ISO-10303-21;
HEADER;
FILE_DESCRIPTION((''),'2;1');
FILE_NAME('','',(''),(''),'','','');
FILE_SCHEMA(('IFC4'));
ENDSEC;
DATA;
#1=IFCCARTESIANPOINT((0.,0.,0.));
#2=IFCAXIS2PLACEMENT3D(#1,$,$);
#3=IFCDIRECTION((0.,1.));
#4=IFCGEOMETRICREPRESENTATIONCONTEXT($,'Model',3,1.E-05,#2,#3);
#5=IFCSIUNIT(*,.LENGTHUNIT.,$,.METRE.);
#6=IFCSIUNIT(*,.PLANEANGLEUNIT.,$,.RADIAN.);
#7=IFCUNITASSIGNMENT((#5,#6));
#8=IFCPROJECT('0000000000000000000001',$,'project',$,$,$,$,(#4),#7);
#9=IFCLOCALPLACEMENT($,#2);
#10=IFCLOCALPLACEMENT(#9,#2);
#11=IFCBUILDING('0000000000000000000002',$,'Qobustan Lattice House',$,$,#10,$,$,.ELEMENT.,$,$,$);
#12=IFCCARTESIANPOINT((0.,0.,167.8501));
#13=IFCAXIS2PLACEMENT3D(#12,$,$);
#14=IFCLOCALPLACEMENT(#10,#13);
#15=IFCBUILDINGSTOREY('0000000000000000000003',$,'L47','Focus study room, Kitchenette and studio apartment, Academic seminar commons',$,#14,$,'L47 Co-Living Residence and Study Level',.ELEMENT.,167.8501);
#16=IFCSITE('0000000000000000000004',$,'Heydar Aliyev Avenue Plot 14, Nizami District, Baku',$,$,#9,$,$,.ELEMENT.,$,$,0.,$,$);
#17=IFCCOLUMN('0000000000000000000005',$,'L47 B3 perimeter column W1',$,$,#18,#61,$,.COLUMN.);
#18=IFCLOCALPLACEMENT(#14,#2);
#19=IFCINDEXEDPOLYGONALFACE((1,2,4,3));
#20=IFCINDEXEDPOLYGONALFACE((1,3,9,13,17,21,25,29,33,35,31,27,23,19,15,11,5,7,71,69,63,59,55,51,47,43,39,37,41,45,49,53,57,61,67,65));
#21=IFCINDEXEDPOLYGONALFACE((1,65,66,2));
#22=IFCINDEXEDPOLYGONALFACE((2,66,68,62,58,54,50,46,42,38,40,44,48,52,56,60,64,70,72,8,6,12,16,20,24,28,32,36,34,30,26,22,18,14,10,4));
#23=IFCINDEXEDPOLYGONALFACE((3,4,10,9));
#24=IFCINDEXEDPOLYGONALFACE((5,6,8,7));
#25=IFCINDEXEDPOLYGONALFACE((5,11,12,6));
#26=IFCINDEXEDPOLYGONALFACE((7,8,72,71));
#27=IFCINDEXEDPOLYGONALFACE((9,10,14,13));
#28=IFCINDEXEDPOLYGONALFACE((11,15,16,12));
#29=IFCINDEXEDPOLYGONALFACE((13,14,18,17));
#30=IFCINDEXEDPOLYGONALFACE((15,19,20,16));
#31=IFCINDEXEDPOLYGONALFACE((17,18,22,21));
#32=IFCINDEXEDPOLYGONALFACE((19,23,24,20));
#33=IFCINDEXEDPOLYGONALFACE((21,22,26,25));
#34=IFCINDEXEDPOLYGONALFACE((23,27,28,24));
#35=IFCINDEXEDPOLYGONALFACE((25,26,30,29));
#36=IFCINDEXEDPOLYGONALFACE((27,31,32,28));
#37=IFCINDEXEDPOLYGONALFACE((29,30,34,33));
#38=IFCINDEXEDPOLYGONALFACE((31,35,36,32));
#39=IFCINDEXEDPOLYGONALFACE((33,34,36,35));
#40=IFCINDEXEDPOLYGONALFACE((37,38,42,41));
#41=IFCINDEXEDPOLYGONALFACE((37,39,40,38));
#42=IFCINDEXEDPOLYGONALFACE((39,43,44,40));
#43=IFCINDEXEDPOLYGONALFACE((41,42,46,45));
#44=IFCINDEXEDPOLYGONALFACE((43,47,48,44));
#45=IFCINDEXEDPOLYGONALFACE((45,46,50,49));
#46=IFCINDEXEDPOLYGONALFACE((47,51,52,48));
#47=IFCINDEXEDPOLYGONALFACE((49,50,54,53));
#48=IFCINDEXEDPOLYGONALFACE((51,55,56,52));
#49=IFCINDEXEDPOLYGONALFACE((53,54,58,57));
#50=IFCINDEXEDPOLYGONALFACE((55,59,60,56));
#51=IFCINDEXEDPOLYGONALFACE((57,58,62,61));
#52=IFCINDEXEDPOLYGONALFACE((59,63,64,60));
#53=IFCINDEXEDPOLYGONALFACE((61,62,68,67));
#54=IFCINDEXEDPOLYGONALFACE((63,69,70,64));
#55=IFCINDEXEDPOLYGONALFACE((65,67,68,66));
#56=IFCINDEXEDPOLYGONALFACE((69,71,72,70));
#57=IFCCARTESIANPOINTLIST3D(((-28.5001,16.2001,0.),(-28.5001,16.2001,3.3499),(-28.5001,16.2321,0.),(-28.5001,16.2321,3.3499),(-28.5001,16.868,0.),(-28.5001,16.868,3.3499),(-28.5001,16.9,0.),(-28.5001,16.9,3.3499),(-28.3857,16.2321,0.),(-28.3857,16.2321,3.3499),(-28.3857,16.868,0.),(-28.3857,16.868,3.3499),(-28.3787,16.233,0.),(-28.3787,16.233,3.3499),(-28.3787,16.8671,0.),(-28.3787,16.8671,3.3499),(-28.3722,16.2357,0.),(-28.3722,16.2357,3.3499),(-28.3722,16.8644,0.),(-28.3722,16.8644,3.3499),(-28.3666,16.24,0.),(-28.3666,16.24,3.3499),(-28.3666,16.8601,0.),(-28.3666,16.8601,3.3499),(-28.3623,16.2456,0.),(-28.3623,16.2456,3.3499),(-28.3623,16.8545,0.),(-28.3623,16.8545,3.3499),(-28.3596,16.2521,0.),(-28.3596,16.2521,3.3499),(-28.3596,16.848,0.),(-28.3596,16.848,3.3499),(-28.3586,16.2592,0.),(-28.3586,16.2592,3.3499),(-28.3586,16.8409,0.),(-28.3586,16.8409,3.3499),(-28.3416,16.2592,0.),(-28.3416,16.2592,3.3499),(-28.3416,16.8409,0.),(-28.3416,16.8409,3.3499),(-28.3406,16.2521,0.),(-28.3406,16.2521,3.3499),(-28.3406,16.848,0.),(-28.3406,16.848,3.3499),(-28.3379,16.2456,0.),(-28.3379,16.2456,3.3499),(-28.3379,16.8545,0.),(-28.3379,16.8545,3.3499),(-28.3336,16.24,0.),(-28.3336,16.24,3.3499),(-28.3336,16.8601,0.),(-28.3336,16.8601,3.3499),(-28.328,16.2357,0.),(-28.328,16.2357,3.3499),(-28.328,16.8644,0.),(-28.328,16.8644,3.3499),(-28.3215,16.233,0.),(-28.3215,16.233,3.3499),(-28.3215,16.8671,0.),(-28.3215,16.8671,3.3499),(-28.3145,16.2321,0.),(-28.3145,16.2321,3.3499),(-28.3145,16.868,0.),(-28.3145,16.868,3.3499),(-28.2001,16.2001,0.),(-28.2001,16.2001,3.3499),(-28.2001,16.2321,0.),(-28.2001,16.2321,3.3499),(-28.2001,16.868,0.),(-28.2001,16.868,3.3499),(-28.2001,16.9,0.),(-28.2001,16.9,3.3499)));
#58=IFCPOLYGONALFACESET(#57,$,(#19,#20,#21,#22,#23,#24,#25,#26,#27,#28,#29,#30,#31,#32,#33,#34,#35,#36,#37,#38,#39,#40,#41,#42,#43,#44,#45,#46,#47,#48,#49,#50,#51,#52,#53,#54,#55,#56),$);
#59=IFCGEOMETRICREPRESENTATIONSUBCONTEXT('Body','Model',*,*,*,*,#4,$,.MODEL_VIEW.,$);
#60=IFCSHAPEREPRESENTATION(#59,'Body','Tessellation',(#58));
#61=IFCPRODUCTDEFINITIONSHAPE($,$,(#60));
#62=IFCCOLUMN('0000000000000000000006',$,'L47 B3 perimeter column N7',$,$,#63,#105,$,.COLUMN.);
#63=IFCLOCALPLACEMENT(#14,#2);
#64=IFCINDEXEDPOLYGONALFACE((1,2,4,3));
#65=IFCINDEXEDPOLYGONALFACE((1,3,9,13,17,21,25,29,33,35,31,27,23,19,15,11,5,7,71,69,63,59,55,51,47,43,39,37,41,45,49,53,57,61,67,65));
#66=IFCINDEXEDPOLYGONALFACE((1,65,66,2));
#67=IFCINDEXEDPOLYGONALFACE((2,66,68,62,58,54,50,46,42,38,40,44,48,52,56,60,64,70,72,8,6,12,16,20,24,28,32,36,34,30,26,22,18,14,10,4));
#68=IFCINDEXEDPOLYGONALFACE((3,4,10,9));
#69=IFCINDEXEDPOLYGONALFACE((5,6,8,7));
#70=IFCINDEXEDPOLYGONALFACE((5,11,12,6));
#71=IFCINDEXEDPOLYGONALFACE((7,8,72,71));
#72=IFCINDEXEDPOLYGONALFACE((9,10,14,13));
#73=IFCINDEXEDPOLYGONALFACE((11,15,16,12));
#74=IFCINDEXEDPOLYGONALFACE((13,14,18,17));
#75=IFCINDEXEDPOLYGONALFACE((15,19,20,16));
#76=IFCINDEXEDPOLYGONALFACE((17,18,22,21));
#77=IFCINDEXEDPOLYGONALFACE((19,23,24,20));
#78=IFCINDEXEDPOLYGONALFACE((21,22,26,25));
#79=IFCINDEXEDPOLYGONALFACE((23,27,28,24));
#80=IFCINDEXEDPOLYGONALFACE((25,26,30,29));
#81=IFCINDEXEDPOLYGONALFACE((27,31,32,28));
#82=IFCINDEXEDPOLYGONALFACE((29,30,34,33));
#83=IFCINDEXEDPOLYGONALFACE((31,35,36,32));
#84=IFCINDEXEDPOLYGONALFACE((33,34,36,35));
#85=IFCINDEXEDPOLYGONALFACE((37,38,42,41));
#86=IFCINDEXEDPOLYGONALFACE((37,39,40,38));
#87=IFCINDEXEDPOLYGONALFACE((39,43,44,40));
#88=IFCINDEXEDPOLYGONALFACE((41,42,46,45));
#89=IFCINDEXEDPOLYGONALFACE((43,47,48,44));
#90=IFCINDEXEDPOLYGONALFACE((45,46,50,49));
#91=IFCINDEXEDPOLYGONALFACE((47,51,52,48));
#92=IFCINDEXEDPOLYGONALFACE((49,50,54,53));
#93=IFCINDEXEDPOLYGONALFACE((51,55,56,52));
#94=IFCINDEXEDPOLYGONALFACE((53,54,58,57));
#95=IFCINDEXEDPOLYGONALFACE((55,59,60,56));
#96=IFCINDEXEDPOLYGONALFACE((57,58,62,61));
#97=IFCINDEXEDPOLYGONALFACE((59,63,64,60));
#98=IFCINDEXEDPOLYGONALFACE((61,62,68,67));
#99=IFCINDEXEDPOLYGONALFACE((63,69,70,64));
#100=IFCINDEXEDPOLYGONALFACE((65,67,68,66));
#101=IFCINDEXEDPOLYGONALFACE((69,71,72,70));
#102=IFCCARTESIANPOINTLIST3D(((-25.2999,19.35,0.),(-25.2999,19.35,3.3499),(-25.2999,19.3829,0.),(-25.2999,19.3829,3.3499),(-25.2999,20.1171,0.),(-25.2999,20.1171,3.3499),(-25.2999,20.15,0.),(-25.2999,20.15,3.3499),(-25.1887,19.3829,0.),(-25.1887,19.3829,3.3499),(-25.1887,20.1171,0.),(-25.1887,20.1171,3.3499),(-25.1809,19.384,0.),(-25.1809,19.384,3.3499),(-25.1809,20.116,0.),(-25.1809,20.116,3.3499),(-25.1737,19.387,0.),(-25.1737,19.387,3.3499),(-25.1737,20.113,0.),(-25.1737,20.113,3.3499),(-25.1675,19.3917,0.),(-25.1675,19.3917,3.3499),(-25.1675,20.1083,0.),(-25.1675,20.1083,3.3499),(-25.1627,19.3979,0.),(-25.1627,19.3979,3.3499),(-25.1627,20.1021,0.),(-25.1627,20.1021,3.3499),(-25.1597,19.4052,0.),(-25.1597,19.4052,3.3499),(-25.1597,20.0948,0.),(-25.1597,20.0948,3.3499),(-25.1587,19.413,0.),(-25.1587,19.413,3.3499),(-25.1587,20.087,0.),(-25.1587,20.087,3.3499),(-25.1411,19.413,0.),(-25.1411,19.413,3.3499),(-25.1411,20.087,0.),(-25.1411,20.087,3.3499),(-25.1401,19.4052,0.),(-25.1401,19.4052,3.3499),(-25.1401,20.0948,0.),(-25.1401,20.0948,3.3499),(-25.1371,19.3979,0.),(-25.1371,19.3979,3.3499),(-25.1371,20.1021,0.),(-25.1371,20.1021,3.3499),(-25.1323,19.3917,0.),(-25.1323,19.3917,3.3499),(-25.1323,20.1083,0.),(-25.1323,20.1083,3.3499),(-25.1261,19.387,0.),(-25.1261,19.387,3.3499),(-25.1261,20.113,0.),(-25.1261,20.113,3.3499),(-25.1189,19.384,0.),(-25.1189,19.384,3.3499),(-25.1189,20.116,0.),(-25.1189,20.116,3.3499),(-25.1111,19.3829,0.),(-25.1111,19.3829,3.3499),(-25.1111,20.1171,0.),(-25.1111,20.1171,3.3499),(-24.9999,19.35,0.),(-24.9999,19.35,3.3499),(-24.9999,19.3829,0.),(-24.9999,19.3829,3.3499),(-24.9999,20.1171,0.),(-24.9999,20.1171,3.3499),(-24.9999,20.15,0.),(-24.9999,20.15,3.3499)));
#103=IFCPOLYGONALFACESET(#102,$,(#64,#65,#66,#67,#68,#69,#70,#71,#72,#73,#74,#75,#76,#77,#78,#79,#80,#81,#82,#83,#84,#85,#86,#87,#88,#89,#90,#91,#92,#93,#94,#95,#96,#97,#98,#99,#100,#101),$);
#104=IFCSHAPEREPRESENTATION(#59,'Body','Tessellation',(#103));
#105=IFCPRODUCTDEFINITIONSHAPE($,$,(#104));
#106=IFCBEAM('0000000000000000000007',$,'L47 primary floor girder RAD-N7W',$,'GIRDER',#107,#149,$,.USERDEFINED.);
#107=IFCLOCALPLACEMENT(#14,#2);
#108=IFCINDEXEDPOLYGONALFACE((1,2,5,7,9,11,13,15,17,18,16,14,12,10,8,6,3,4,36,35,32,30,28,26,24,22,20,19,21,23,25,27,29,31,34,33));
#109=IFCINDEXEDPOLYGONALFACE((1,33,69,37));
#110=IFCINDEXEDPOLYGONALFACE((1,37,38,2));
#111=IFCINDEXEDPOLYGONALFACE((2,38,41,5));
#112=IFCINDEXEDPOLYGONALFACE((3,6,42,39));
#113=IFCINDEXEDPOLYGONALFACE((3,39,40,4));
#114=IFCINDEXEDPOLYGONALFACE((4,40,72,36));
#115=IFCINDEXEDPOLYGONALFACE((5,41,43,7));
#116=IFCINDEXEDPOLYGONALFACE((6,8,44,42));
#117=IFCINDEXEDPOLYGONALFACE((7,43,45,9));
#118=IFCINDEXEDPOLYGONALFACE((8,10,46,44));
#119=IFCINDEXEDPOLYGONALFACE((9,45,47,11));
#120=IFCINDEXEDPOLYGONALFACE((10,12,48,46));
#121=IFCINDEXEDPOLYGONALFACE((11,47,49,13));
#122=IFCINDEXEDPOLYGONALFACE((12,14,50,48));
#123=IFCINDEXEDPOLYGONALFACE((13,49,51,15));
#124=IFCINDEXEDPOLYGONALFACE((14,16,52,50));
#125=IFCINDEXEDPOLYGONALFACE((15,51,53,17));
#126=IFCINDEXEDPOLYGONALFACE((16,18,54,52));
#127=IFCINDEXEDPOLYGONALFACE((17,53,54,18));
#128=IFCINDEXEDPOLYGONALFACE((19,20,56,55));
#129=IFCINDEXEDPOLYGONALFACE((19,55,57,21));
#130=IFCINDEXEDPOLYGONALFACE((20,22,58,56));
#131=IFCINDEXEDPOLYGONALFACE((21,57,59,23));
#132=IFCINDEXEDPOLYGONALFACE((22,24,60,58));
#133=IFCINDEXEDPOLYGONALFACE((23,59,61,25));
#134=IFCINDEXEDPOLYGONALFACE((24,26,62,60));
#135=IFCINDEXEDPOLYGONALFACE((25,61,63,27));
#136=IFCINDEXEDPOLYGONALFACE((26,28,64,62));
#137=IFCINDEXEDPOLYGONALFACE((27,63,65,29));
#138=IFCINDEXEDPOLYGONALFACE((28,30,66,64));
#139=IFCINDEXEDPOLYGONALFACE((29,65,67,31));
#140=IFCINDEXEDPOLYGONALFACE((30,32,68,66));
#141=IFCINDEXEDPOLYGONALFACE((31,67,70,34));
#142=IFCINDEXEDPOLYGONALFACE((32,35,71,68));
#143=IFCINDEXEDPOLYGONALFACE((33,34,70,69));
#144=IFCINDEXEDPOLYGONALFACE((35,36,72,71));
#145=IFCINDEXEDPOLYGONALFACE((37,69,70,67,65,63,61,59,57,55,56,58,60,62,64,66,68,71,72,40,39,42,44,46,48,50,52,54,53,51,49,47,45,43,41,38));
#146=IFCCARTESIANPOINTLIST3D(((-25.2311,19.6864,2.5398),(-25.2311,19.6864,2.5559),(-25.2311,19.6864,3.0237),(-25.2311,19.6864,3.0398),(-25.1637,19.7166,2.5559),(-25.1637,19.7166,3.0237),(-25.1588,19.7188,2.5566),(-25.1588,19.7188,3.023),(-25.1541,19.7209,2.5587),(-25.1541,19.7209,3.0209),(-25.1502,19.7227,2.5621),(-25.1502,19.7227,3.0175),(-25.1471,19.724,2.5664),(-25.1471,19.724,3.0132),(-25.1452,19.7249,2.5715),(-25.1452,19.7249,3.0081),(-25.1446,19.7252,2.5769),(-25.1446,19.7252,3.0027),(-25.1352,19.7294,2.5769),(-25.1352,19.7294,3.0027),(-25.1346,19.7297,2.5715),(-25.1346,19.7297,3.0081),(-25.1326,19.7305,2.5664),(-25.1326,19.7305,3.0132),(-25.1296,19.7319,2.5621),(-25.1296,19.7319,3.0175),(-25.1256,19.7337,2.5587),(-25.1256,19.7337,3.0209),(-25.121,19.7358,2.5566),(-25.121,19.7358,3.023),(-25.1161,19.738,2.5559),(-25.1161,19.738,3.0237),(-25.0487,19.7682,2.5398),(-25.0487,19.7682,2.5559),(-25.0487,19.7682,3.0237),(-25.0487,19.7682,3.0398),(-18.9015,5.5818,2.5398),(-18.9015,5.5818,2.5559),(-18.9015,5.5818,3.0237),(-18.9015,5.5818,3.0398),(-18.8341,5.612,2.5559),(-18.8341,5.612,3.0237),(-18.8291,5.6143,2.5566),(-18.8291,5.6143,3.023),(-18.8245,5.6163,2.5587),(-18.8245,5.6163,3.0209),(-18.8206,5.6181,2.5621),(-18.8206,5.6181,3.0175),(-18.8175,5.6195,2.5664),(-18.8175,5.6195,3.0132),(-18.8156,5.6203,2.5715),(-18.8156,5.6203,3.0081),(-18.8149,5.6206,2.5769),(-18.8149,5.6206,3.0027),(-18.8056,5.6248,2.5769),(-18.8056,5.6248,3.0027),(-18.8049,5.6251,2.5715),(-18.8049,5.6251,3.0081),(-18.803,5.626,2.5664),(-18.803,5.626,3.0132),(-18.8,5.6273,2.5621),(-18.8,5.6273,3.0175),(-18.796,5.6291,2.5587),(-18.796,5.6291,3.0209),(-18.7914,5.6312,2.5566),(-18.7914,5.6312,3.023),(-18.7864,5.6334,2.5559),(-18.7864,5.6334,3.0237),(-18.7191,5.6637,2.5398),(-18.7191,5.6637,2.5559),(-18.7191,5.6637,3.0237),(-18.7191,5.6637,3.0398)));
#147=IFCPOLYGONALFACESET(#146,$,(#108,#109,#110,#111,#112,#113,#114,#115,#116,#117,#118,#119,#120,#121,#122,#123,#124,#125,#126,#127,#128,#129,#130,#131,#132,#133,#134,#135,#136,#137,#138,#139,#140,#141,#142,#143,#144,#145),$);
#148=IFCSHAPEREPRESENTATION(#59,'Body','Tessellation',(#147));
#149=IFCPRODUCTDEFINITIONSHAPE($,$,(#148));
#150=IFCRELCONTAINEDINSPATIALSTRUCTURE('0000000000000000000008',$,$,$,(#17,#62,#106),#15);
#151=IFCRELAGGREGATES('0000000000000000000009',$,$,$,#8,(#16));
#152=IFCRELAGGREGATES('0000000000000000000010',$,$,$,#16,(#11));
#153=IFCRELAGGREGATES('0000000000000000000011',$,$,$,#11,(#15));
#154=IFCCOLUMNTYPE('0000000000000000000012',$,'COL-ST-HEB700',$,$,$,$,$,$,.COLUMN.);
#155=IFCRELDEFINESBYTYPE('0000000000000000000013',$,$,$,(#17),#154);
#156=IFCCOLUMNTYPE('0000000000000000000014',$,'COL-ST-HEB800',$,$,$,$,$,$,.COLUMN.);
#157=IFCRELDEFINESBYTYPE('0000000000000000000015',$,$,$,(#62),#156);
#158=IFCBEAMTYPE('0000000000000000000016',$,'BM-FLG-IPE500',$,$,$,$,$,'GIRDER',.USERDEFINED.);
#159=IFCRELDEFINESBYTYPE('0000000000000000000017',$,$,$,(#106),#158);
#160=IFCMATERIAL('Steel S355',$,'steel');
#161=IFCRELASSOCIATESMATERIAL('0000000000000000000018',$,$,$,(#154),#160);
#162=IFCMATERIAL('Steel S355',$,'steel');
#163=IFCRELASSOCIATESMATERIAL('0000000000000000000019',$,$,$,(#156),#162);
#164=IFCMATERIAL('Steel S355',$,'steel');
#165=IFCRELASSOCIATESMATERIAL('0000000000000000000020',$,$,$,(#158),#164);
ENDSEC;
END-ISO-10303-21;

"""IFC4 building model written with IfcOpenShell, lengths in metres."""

from ifc_helpers import new_model, si_unit, direction, frame, origin, origin_2d, place, context, subcontext, project, spatial, i_section, extrude, material, material_profile, profile_set, type_object, element, save


model = new_model("IFC4")

# Units and contexts
model_context = context("Model", 3, precision=1e-05, world=origin(), true_north=direction((0.0, 1.0)))
body_context = subcontext(model_context, "Body", "Model", "MODEL_VIEW")
ifc_project = project(units=[si_unit("LENGTHUNIT", "METRE"), si_unit("PLANEANGLEUNIT", "RADIAN")], contexts=[model_context])

# Site, building, storey
site_placement = place(None, origin())
site = spatial("IfcSite", under=ifc_project, at=site_placement, Name="Heydar Aliyev Avenue Plot 14, Nizami District, Baku", CompositionType="ELEMENT", RefElevation=0.0)
building_placement = place(site_placement, origin())
building = spatial("IfcBuilding", under=site, at=building_placement, Name="Qobustan Lattice House", CompositionType="ELEMENT")
storey_placement = place(building_placement, frame((0.0, 0.0, 167.8501)))
storey = spatial("IfcBuildingStorey", under=building, at=storey_placement, Name="L47", Description="Focus study room, Kitchenette and studio apartment, Academic seminar commons", LongName="L47 Co-Living Residence and Study Level", CompositionType="ELEMENT", Elevation=167.8501)

# Columns
ifc_material_1 = material(Name="Steel S355", Category="steel")
ifc_material_profile_1 = material_profile(ifc_material_1, i_section(OverallWidth=0.3, OverallDepth=0.7, WebThickness=0.0171, FlangeThickness=0.032, FilletRadius=0.0271, at=origin_2d()), Name="HEB700")
ifc_profile_set_1 = profile_set([ifc_material_profile_1], Name="Steel S355")
column_type_1 = type_object("IfcColumnType", Name="COL-ST-HEB700", PredefinedType="COLUMN", material=ifc_profile_set_1)
column_1_placement = place(storey_placement, frame((-28.3501, 16.55, 0.0), z_axis=(0.0, 0.0, 1.0), x_axis=(1.0, 0.0, 0.0)))
element("IfcColumn", 1, at=column_1_placement, inside=storey, type_object=column_type_1, Name="L47 B3 perimeter column W1", PredefinedType="COLUMN", context=body_context, shape_type="SweptSolid", body=[
    extrude(i_section(OverallWidth=0.3, OverallDepth=0.7, WebThickness=0.0171, FlangeThickness=0.032, FilletRadius=0.0271, at=origin_2d()), origin(), (0.0, 0.0, 1.0), 3.3499),
])
ifc_material_2 = material(Name="Steel S355", Category="steel")
ifc_material_profile_2 = material_profile(ifc_material_2, i_section(OverallWidth=0.3, OverallDepth=0.8, WebThickness=0.0176, FlangeThickness=0.033, FilletRadius=0.03, at=origin_2d()), Name="HEB800")
ifc_profile_set_2 = profile_set([ifc_material_profile_2], Name="Steel S355")
column_type_2 = type_object("IfcColumnType", Name="COL-ST-HEB800", PredefinedType="COLUMN", material=ifc_profile_set_2)
column_2_placement = place(storey_placement, frame((-25.1499, 19.75, 0.0), z_axis=(0.0, 0.0, 1.0), x_axis=(1.0, 0.0, 0.0)))
element("IfcColumn", 2, at=column_2_placement, inside=storey, type_object=column_type_2, Name="L47 B3 perimeter column N7", PredefinedType="COLUMN", context=body_context, shape_type="SweptSolid", body=[
    extrude(i_section(OverallWidth=0.3, OverallDepth=0.8, WebThickness=0.0176, FlangeThickness=0.033, FilletRadius=0.03, at=origin_2d()), origin(), (0.0, 0.0, 1.0), 3.3499),
])

# Beam
ifc_material_3 = material(Name="Steel S355", Category="steel")
ifc_material_profile_3 = material_profile(ifc_material_3, i_section(OverallWidth=0.2, OverallDepth=0.5, WebThickness=0.0103, FlangeThickness=0.0161, FilletRadius=0.021, at=origin_2d()), Name="IPE500")
ifc_profile_set_3 = profile_set([ifc_material_profile_3], Name="Steel S355")
beam_type_1 = type_object("IfcBeamType", Name="BM-FLG-IPE500", ElementType="GIRDER", PredefinedType="USERDEFINED", material=ifc_profile_set_3)
beam_1_placement = place(storey_placement, frame((-25.1399, 19.7273, 2.7898), z_axis=(0.409427, -0.912343, 0.0), x_axis=(0.912343, 0.409427, 0.0)))
element("IfcBeam", 3, at=beam_1_placement, inside=storey, type_object=beam_type_1, Name="L47 primary floor girder RAD-N7W", ObjectType="GIRDER", PredefinedType="USERDEFINED", context=body_context, shape_type="SweptSolid", body=[
    extrude(i_section(OverallWidth=0.2, OverallDepth=0.5, WebThickness=0.0103, FlangeThickness=0.0161, FilletRadius=0.021, at=origin_2d()), origin(), (0.0, 0.0, 1.0), 15.4597),
])

save(model, "model.ifc")
